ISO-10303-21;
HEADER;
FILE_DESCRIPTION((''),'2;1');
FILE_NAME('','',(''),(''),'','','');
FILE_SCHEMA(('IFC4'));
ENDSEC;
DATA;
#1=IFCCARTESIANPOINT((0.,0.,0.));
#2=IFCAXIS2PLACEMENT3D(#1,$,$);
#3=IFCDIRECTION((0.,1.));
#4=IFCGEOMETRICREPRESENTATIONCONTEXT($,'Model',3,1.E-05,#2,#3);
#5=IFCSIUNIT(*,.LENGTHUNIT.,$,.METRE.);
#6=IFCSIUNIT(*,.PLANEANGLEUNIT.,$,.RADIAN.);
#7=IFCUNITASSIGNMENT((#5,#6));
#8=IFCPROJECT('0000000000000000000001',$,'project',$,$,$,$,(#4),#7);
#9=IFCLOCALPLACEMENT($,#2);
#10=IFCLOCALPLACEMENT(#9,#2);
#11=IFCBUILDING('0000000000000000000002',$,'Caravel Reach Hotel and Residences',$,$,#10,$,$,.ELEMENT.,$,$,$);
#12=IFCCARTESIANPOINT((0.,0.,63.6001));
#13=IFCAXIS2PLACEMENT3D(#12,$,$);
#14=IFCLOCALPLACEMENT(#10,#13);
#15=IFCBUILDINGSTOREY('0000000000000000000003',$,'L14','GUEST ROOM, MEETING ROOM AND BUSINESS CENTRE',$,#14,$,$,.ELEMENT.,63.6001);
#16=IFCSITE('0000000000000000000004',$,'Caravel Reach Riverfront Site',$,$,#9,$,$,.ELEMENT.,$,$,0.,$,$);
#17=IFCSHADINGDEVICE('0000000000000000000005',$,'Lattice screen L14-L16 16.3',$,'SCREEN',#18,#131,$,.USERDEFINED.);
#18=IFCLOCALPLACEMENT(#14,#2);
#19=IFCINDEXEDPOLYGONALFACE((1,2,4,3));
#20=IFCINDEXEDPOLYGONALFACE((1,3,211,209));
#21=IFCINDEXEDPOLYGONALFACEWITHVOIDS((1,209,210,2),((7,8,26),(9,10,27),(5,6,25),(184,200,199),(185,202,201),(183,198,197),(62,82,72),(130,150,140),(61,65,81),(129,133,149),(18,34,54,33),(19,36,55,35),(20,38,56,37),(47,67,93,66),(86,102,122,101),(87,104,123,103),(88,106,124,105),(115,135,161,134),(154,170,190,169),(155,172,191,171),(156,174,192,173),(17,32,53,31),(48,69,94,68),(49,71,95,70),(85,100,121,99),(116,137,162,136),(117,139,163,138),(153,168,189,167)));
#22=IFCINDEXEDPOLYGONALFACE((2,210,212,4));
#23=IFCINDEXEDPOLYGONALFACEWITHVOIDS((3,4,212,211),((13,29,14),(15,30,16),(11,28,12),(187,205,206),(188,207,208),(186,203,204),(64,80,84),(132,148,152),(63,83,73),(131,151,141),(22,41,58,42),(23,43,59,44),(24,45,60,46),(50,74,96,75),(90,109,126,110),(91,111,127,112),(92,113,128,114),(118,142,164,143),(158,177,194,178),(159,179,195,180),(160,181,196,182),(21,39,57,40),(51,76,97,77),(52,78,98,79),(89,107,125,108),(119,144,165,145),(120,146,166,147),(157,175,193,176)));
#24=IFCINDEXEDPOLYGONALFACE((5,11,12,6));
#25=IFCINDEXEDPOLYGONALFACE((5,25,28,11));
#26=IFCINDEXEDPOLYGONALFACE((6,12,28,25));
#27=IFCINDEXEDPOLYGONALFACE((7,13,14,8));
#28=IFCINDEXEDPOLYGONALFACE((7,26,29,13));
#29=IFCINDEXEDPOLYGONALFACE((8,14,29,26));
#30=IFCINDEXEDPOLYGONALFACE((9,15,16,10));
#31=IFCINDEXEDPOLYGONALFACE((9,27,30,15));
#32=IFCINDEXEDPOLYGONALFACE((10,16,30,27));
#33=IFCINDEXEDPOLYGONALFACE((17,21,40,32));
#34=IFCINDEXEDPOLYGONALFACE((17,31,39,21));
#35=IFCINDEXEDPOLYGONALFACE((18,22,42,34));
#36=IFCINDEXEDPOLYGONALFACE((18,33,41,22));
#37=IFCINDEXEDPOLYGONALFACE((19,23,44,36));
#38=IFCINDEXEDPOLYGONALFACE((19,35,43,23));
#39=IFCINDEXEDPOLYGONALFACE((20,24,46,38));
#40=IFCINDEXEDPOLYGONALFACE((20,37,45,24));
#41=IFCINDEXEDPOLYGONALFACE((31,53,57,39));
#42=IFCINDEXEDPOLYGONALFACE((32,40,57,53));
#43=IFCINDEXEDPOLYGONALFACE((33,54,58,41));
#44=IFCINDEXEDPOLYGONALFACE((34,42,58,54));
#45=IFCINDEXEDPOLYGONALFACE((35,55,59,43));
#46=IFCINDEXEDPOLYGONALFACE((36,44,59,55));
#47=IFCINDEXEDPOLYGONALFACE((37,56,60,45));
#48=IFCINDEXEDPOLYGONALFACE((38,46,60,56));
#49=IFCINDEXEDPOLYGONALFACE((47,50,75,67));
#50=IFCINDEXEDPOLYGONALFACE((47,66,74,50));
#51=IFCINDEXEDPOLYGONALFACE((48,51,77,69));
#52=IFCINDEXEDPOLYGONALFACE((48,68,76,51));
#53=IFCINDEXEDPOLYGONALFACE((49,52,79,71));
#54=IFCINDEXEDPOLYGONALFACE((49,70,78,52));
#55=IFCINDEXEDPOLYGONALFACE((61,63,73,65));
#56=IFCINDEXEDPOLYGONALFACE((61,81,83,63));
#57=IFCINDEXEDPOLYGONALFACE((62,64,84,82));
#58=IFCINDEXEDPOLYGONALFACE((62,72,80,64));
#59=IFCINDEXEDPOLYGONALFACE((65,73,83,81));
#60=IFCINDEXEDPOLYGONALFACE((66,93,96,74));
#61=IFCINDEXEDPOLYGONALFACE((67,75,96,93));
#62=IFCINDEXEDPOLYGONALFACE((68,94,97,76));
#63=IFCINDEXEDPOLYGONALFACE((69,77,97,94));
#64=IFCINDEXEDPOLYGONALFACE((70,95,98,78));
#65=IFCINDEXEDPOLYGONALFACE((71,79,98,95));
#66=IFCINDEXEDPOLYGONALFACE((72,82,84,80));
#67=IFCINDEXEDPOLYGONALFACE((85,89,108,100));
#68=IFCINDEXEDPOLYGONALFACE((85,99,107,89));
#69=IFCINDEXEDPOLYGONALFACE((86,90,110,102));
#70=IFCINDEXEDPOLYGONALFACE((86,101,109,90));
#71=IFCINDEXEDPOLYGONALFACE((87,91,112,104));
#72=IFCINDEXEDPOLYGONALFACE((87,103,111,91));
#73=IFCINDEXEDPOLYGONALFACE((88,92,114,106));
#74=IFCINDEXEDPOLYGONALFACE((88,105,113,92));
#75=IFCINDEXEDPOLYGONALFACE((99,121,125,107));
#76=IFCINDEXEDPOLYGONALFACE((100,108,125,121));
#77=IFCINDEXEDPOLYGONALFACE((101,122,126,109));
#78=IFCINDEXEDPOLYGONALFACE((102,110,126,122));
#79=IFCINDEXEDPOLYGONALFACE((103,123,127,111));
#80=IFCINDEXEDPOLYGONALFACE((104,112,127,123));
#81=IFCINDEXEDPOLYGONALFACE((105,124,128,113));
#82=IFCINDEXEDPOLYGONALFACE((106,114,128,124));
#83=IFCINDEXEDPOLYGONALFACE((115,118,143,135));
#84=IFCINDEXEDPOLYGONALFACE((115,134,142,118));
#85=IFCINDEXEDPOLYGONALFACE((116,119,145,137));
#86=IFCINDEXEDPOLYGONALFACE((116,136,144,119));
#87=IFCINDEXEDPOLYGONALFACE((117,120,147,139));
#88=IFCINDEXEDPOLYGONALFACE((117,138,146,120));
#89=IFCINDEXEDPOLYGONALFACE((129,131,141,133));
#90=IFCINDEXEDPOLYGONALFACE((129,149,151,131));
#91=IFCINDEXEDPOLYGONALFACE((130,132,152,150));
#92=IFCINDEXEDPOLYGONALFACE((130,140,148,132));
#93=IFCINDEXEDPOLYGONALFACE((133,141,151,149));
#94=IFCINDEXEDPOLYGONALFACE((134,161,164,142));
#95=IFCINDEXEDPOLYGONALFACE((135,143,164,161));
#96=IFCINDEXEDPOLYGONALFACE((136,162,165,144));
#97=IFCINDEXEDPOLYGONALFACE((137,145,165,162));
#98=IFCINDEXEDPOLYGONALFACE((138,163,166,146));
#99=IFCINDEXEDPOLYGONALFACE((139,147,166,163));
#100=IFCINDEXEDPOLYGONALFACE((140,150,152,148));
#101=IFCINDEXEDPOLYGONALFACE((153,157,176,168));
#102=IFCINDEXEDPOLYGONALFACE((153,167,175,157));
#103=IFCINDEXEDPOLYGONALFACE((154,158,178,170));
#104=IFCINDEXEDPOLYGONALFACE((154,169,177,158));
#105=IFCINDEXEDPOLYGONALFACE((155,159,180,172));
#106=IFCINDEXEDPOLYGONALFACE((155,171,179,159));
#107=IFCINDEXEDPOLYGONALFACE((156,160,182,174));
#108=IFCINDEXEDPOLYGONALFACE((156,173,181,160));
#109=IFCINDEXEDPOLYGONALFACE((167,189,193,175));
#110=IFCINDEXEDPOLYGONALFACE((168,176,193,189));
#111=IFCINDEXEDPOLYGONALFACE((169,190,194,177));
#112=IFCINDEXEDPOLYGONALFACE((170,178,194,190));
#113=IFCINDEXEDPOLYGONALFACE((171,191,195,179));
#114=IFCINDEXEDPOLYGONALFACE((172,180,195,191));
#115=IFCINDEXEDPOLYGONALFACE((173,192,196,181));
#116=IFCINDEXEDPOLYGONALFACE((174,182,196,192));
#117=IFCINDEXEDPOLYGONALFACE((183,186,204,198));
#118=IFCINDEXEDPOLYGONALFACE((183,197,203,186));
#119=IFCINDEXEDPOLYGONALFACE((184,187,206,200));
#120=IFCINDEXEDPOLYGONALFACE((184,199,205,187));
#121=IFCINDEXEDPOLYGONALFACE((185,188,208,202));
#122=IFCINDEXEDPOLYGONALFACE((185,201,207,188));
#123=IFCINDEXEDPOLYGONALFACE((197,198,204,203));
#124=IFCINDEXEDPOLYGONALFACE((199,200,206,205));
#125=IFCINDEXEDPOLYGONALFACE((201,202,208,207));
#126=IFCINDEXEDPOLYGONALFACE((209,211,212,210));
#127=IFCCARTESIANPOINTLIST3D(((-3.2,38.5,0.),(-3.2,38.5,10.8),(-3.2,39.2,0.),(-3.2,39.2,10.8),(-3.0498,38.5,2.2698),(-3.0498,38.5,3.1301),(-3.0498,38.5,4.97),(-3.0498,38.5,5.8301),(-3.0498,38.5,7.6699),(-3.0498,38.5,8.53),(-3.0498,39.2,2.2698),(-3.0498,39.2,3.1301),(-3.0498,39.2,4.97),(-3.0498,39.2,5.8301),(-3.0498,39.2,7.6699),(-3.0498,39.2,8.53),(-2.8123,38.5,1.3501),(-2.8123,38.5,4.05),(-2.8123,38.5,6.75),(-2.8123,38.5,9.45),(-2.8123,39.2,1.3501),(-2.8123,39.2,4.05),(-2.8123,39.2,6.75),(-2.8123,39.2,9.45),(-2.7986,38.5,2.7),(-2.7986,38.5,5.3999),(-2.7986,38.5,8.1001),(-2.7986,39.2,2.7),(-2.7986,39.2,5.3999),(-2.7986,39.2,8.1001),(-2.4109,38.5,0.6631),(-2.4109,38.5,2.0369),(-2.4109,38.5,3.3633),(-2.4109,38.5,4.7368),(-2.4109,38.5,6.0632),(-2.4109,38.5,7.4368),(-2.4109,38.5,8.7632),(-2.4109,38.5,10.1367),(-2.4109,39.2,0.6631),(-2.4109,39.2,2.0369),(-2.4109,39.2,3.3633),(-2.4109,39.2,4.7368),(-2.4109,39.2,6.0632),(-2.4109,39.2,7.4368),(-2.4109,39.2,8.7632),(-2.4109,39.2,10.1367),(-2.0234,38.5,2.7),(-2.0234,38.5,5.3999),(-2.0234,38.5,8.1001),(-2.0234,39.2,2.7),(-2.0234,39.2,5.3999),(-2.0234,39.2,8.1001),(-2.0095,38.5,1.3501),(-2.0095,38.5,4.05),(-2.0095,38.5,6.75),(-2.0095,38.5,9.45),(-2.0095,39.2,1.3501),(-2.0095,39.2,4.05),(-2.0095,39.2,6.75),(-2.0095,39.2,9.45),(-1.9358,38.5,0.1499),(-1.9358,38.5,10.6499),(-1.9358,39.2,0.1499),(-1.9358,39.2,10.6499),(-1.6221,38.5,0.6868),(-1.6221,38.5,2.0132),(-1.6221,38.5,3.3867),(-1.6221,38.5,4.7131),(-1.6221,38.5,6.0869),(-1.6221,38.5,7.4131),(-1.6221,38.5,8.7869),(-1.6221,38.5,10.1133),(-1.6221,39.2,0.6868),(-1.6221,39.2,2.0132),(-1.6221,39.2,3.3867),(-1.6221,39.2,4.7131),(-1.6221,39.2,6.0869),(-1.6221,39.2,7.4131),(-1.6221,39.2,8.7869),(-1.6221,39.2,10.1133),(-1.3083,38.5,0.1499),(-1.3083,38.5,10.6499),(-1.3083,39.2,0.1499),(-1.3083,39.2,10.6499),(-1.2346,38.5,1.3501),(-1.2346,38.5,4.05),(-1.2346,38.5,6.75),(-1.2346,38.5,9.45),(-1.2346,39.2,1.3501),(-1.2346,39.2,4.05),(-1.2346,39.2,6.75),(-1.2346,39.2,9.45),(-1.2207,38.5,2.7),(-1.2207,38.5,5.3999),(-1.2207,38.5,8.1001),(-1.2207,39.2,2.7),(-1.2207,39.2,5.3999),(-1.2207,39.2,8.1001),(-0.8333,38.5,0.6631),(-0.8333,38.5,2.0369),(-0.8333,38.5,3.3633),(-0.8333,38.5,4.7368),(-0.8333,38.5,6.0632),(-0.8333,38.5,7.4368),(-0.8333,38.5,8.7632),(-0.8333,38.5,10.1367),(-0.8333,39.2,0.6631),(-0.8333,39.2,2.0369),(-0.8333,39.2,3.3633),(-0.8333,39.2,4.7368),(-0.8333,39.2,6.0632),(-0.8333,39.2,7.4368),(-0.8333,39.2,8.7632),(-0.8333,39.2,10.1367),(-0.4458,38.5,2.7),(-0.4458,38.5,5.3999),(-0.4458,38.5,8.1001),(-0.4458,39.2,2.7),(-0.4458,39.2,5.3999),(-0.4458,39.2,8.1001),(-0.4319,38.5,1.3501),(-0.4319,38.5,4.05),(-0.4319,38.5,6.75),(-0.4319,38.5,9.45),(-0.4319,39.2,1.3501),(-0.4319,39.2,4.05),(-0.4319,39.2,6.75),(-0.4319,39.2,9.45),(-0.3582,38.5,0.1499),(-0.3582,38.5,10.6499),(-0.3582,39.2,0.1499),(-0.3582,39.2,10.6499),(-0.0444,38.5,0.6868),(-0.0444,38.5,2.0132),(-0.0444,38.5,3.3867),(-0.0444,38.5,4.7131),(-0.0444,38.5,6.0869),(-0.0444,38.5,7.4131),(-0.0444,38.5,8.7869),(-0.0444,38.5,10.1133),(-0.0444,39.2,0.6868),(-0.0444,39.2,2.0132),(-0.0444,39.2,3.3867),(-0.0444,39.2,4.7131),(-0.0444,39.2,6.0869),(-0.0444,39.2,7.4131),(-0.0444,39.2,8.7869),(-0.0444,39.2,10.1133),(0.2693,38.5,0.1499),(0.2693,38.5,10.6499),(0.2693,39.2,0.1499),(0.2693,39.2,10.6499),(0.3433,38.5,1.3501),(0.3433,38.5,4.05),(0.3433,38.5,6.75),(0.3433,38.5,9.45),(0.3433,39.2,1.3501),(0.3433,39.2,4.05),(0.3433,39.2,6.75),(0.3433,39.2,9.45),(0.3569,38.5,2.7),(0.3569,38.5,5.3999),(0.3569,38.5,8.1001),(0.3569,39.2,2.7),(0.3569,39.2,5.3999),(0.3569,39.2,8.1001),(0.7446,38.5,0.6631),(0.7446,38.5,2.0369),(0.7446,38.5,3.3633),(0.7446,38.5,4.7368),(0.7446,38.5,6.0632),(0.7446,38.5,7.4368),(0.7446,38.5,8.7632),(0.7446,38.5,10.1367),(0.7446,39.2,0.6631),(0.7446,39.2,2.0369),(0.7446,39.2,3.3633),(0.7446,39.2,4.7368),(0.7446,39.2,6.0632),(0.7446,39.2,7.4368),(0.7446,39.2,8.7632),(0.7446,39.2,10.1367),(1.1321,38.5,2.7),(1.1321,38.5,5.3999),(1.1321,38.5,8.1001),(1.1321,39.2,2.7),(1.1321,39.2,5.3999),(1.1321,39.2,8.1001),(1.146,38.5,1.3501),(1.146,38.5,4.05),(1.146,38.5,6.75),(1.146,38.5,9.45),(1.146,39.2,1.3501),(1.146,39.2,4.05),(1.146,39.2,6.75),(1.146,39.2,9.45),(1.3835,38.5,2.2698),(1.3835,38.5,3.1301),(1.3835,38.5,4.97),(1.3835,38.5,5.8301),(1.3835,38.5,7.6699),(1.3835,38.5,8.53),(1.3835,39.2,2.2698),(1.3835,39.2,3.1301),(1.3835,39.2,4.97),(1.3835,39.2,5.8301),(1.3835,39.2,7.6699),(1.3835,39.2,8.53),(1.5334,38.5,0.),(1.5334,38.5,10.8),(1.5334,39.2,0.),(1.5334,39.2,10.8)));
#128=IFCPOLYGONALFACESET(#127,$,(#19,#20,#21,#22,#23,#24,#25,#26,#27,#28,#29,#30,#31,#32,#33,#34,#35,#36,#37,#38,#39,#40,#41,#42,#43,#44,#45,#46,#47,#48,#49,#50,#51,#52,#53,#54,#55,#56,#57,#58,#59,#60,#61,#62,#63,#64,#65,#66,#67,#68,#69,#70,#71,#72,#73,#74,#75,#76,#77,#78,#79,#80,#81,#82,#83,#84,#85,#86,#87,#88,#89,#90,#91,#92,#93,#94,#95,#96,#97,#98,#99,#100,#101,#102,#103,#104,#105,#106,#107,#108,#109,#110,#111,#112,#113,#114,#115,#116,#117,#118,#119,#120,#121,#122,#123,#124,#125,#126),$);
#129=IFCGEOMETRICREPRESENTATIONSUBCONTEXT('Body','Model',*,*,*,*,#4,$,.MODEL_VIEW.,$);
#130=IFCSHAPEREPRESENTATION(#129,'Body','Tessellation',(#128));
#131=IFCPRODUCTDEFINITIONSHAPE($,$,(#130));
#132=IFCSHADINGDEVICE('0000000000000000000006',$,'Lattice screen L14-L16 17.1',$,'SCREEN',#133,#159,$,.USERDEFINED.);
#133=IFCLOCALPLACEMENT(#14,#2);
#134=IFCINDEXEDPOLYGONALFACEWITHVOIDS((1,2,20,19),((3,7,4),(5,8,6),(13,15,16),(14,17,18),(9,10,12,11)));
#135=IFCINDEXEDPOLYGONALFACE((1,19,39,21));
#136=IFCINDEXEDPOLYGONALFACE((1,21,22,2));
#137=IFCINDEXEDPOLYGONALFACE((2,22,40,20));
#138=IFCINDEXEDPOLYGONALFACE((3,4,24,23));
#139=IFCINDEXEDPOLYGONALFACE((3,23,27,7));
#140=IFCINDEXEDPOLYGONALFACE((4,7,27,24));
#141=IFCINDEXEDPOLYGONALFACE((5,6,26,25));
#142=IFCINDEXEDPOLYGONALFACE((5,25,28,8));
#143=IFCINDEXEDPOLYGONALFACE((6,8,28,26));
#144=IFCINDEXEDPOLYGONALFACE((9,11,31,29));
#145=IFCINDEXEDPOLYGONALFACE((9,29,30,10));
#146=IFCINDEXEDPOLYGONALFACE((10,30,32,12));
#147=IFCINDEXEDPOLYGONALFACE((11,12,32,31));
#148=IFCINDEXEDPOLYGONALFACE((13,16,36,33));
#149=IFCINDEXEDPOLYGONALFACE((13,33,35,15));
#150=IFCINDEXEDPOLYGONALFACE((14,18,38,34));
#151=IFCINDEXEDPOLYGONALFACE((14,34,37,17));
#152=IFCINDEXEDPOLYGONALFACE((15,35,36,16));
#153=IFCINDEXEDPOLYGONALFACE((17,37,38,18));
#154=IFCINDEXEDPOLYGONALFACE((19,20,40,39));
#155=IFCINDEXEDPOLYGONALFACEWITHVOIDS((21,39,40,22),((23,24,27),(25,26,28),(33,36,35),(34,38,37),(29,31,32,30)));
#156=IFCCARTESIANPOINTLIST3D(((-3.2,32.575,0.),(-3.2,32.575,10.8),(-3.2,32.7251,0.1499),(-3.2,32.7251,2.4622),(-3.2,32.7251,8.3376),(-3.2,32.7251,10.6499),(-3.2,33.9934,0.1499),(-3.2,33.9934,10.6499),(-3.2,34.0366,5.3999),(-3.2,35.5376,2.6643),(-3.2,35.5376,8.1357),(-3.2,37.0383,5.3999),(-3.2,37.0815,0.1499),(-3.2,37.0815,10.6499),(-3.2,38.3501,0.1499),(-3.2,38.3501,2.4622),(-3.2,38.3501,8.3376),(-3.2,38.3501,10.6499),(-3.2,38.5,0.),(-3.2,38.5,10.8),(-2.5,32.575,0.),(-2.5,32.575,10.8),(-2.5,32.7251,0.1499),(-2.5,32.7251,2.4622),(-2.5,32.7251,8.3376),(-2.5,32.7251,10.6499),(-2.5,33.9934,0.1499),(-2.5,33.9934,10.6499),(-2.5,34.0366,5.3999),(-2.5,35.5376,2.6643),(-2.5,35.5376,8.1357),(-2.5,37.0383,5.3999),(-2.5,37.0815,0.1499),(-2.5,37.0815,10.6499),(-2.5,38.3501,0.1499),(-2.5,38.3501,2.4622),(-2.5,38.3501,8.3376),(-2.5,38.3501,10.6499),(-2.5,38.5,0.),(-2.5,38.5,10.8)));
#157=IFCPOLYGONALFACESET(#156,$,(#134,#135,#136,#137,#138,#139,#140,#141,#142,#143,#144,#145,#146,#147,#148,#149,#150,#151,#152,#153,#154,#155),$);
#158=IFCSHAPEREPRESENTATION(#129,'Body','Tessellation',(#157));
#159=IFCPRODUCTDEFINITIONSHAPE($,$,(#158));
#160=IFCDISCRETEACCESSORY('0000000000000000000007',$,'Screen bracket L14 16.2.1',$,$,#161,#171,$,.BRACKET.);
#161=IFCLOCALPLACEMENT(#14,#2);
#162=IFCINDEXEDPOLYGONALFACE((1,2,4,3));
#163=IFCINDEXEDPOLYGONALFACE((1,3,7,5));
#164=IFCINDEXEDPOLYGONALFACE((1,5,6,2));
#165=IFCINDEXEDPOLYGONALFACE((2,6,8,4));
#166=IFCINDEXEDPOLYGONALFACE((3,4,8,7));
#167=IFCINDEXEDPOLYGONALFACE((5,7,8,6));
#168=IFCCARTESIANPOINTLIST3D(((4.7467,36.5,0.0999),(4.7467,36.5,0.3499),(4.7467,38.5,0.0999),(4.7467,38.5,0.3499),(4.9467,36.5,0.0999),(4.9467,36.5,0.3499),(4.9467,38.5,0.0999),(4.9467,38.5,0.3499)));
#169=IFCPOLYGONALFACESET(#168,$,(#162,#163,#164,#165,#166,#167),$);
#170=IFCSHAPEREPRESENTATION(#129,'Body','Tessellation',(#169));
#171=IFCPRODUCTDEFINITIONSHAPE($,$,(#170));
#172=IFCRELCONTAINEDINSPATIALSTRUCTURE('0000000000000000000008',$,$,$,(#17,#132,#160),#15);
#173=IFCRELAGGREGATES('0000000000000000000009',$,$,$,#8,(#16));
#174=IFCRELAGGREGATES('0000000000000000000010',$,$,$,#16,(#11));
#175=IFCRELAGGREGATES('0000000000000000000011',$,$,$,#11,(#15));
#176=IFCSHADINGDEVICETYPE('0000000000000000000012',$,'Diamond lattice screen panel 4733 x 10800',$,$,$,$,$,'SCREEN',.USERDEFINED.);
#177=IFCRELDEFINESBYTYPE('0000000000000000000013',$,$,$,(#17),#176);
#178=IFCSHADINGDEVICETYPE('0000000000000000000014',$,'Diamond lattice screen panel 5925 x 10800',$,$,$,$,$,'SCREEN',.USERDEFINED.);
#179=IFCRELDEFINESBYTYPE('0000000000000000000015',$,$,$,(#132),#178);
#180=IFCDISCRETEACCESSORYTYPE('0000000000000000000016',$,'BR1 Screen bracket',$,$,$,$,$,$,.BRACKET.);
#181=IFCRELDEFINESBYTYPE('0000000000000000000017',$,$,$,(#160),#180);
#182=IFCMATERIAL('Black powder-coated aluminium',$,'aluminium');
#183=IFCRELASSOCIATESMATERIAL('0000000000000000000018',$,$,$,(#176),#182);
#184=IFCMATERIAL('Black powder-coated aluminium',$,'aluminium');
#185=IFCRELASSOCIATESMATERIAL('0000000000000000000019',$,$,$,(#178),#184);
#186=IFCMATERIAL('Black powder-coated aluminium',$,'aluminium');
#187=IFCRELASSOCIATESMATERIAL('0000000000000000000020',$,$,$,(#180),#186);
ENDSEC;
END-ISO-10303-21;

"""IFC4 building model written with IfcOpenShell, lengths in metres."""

from ifc_helpers import new_model, si_unit, direction, frame, origin, origin_2d, place, context, subcontext, project, spatial, polyline, rectangle, outline, extrude, material, type_object, element, save


model = new_model("IFC4")

# Units and contexts
model_context = context("Model", 3, precision=1e-05, world=origin(), true_north=direction((0.0, 1.0)))
body_context = subcontext(model_context, "Body", "Model", "MODEL_VIEW")
ifc_project = project(units=[si_unit("LENGTHUNIT", "METRE"), si_unit("PLANEANGLEUNIT", "RADIAN")], contexts=[model_context])

# Site, building, storey
site_placement = place(None, origin())
site = spatial("IfcSite", under=ifc_project, at=site_placement, Name="Caravel Reach Riverfront Site", CompositionType="ELEMENT", RefElevation=0.0)
building_placement = place(site_placement, origin())
building = spatial("IfcBuilding", under=site, at=building_placement, Name="Caravel Reach Hotel and Residences", CompositionType="ELEMENT")
storey_placement = place(building_placement, frame((0.0, 0.0, 63.6001)))
storey = spatial("IfcBuildingStorey", under=building, at=storey_placement, Name="L14", Description="GUEST ROOM, MEETING ROOM AND BUSINESS CENTRE", CompositionType="ELEMENT", Elevation=63.6001)

# Shading devices
ifc_material_1 = material(Name="Black powder-coated aluminium", Category="aluminium")
shading_device_type_1 = type_object("IfcShadingDeviceType", Name="Diamond lattice screen panel 4733 x 10800", ElementType="SCREEN", PredefinedType="USERDEFINED", material=ifc_material_1)
shading_device_1_placement = place(storey_placement, frame((1.5334, 38.5, 0.0), z_axis=(0.0, 1.0, 0.0), x_axis=(-1.0, 0.0, 0.0)))
element("IfcShadingDevice", 1, at=shading_device_1_placement, inside=storey, type_object=shading_device_type_1, Name="Lattice screen L14-L16 16.3", ObjectType="SCREEN", PredefinedType="USERDEFINED", context=body_context, shape_type="SweptSolid", body=[
    extrude(outline(polyline([(0.0, 0.0), (4.7334, 0.0), (4.7334, 10.8), (0.0, 10.8), (0.0, 0.0)]), holes=[polyline([(0.4014, 2.7), (0.1499, 3.1301), (0.1499, 2.2698), (0.4014, 2.7)]), polyline([(0.4014, 5.3999), (0.1499, 5.8301), (0.1499, 4.97), (0.4014, 5.3999)]), polyline([(0.4014, 8.1001), (0.1499, 8.53), (0.1499, 7.6699), (0.4014, 8.1001)]), polyline([(0.7888, 2.0369), (0.3875, 1.3501), (0.7888, 0.6631), (1.1902, 1.3501), (0.7888, 2.0369)]), polyline([(0.7888, 4.7368), (0.3875, 4.05), (0.7888, 3.3633), (1.1902, 4.05), (0.7888, 4.7368)]), polyline([(0.7888, 7.4368), (0.3875, 6.75), (0.7888, 6.0632), (1.1902, 6.75), (0.7888, 7.4368)]), polyline([(0.7888, 10.1367), (0.3875, 9.45), (0.7888, 8.7632), (1.1902, 9.45), (0.7888, 10.1367)]), polyline([(1.5779, 0.6868), (1.2642, 0.1499), (1.8916, 0.1499), (1.5779, 0.6868)]), polyline([(1.5779, 3.3867), (1.1765, 2.7), (1.5779, 2.0132), (1.9792, 2.7), (1.5779, 3.3867)]), polyline([(1.5779, 6.0869), (1.1765, 5.3999), (1.5779, 4.7131), (1.9792, 5.3999), (1.5779, 6.0869)]), polyline([(1.5779, 8.7869), (1.1765, 8.1001), (1.5779, 7.4131), (1.9792, 8.1001), (1.5779, 8.7869)]), polyline([(1.5779, 10.1133), (1.8916, 10.6499), (1.2642, 10.6499), (1.5779, 10.1133)]), polyline([(2.3667, 2.0369), (1.9653, 1.3501), (2.3667, 0.6631), (2.7681, 1.3501), (2.3667, 2.0369)]), polyline([(2.3667, 4.7368), (1.9653, 4.05), (2.3667, 3.3633), (2.7681, 4.05), (2.3667, 4.7368)]), polyline([(2.3667, 7.4368), (1.9653, 6.75), (2.3667, 6.0632), (2.7681, 6.75), (2.3667, 7.4368)]), polyline([(2.3667, 10.1367), (1.9653, 9.45), (2.3667, 8.7632), (2.7681, 9.45), (2.3667, 10.1367)]), polyline([(3.1555, 0.6868), (2.8418, 0.1499), (3.4692, 0.1499), (3.1555, 0.6868)]), polyline([(3.1555, 3.3867), (2.7542, 2.7), (3.1555, 2.0132), (3.5569, 2.7), (3.1555, 3.3867)]), polyline([(3.1555, 6.0869), (2.7542, 5.3999), (3.1555, 4.7131), (3.5569, 5.3999), (3.1555, 6.0869)]), polyline([(3.1555, 8.7869), (2.7542, 8.1001), (3.1555, 7.4131), (3.5569, 8.1001), (3.1555, 8.7869)]), polyline([(3.1555, 10.1133), (3.4692, 10.6499), (2.8418, 10.6499), (3.1555, 10.1133)]), polyline([(3.9443, 2.0369), (3.543, 1.3501), (3.9443, 0.6631), (4.3457, 1.3501), (3.9443, 2.0369)]), polyline([(3.9443, 4.7368), (3.543, 4.05), (3.9443, 3.3633), (4.3457, 4.05), (3.9443, 4.7368)]), polyline([(3.9443, 7.4368), (3.543, 6.75), (3.9443, 6.0632), (4.3457, 6.75), (3.9443, 7.4368)]), polyline([(3.9443, 10.1367), (3.543, 9.45), (3.9443, 8.7632), (4.3457, 9.45), (3.9443, 10.1367)]), polyline([(4.332, 2.7), (4.5833, 2.2698), (4.5833, 3.1301), (4.332, 2.7)]), polyline([(4.332, 5.3999), (4.5833, 4.97), (4.5833, 5.8301), (4.332, 5.3999)]), polyline([(4.332, 8.1001), (4.5833, 7.6699), (4.5833, 8.53), (4.332, 8.1001)])]), origin(), (0.0, 0.0, 1.0), 0.7),
])
ifc_material_2 = material(Name="Black powder-coated aluminium", Category="aluminium")
shading_device_type_2 = type_object("IfcShadingDeviceType", Name="Diamond lattice screen panel 5925 x 10800", ElementType="SCREEN", PredefinedType="USERDEFINED", material=ifc_material_2)
shading_device_2_placement = place(storey_placement, frame((-2.5, 38.5, 0.0), z_axis=(-1.0, 0.0, 0.0), x_axis=(0.0, -1.0, 0.0)))
element("IfcShadingDevice", 2, at=shading_device_2_placement, inside=storey, type_object=shading_device_type_2, Name="Lattice screen L14-L16 17.1", ObjectType="SCREEN", PredefinedType="USERDEFINED", context=body_context, shape_type="SweptSolid", body=[
    extrude(outline(polyline([(0.0, 0.0), (5.925, 0.0), (5.925, 10.8), (0.0, 10.8), (0.0, 0.0)]), holes=[polyline([(1.4185, 0.1499), (0.1499, 2.4622), (0.1499, 0.1499), (1.4185, 0.1499)]), polyline([(0.1499, 8.3376), (1.4185, 10.6499), (0.1499, 10.6499), (0.1499, 8.3376)]), polyline([(2.9624, 8.1357), (1.4617, 5.3999), (2.9624, 2.6643), (4.4634, 5.3999), (2.9624, 8.1357)]), polyline([(5.7749, 2.4622), (4.5066, 0.1499), (5.7749, 0.1499), (5.7749, 2.4622)]), polyline([(4.5066, 10.6499), (5.7749, 8.3376), (5.7749, 10.6499), (4.5066, 10.6499)])]), origin(), (0.0, 0.0, 1.0), 0.7),
])

# Discrete accessory
ifc_material_3 = material(Name="Black powder-coated aluminium", Category="aluminium")
discrete_accessory_type = type_object("IfcDiscreteAccessoryType", Name="BR1 Screen bracket", PredefinedType="BRACKET", material=ifc_material_3)
discrete_accessory_placement = place(storey_placement, frame((4.8467, 37.5, 0.0999), z_axis=(0.0, 0.0, 1.0), x_axis=(0.0, 1.0, 0.0)))
element("IfcDiscreteAccessory", 3, at=discrete_accessory_placement, inside=storey, type_object=discrete_accessory_type, Name="Screen bracket L14 16.2.1", PredefinedType="BRACKET", context=body_context, shape_type="SweptSolid", body=[
    extrude(rectangle(XDim=2.0, YDim=0.2, at=origin_2d()), origin(), (0.0, 0.0, 1.0), 0.25),
])

save(model, "model.ifc")
